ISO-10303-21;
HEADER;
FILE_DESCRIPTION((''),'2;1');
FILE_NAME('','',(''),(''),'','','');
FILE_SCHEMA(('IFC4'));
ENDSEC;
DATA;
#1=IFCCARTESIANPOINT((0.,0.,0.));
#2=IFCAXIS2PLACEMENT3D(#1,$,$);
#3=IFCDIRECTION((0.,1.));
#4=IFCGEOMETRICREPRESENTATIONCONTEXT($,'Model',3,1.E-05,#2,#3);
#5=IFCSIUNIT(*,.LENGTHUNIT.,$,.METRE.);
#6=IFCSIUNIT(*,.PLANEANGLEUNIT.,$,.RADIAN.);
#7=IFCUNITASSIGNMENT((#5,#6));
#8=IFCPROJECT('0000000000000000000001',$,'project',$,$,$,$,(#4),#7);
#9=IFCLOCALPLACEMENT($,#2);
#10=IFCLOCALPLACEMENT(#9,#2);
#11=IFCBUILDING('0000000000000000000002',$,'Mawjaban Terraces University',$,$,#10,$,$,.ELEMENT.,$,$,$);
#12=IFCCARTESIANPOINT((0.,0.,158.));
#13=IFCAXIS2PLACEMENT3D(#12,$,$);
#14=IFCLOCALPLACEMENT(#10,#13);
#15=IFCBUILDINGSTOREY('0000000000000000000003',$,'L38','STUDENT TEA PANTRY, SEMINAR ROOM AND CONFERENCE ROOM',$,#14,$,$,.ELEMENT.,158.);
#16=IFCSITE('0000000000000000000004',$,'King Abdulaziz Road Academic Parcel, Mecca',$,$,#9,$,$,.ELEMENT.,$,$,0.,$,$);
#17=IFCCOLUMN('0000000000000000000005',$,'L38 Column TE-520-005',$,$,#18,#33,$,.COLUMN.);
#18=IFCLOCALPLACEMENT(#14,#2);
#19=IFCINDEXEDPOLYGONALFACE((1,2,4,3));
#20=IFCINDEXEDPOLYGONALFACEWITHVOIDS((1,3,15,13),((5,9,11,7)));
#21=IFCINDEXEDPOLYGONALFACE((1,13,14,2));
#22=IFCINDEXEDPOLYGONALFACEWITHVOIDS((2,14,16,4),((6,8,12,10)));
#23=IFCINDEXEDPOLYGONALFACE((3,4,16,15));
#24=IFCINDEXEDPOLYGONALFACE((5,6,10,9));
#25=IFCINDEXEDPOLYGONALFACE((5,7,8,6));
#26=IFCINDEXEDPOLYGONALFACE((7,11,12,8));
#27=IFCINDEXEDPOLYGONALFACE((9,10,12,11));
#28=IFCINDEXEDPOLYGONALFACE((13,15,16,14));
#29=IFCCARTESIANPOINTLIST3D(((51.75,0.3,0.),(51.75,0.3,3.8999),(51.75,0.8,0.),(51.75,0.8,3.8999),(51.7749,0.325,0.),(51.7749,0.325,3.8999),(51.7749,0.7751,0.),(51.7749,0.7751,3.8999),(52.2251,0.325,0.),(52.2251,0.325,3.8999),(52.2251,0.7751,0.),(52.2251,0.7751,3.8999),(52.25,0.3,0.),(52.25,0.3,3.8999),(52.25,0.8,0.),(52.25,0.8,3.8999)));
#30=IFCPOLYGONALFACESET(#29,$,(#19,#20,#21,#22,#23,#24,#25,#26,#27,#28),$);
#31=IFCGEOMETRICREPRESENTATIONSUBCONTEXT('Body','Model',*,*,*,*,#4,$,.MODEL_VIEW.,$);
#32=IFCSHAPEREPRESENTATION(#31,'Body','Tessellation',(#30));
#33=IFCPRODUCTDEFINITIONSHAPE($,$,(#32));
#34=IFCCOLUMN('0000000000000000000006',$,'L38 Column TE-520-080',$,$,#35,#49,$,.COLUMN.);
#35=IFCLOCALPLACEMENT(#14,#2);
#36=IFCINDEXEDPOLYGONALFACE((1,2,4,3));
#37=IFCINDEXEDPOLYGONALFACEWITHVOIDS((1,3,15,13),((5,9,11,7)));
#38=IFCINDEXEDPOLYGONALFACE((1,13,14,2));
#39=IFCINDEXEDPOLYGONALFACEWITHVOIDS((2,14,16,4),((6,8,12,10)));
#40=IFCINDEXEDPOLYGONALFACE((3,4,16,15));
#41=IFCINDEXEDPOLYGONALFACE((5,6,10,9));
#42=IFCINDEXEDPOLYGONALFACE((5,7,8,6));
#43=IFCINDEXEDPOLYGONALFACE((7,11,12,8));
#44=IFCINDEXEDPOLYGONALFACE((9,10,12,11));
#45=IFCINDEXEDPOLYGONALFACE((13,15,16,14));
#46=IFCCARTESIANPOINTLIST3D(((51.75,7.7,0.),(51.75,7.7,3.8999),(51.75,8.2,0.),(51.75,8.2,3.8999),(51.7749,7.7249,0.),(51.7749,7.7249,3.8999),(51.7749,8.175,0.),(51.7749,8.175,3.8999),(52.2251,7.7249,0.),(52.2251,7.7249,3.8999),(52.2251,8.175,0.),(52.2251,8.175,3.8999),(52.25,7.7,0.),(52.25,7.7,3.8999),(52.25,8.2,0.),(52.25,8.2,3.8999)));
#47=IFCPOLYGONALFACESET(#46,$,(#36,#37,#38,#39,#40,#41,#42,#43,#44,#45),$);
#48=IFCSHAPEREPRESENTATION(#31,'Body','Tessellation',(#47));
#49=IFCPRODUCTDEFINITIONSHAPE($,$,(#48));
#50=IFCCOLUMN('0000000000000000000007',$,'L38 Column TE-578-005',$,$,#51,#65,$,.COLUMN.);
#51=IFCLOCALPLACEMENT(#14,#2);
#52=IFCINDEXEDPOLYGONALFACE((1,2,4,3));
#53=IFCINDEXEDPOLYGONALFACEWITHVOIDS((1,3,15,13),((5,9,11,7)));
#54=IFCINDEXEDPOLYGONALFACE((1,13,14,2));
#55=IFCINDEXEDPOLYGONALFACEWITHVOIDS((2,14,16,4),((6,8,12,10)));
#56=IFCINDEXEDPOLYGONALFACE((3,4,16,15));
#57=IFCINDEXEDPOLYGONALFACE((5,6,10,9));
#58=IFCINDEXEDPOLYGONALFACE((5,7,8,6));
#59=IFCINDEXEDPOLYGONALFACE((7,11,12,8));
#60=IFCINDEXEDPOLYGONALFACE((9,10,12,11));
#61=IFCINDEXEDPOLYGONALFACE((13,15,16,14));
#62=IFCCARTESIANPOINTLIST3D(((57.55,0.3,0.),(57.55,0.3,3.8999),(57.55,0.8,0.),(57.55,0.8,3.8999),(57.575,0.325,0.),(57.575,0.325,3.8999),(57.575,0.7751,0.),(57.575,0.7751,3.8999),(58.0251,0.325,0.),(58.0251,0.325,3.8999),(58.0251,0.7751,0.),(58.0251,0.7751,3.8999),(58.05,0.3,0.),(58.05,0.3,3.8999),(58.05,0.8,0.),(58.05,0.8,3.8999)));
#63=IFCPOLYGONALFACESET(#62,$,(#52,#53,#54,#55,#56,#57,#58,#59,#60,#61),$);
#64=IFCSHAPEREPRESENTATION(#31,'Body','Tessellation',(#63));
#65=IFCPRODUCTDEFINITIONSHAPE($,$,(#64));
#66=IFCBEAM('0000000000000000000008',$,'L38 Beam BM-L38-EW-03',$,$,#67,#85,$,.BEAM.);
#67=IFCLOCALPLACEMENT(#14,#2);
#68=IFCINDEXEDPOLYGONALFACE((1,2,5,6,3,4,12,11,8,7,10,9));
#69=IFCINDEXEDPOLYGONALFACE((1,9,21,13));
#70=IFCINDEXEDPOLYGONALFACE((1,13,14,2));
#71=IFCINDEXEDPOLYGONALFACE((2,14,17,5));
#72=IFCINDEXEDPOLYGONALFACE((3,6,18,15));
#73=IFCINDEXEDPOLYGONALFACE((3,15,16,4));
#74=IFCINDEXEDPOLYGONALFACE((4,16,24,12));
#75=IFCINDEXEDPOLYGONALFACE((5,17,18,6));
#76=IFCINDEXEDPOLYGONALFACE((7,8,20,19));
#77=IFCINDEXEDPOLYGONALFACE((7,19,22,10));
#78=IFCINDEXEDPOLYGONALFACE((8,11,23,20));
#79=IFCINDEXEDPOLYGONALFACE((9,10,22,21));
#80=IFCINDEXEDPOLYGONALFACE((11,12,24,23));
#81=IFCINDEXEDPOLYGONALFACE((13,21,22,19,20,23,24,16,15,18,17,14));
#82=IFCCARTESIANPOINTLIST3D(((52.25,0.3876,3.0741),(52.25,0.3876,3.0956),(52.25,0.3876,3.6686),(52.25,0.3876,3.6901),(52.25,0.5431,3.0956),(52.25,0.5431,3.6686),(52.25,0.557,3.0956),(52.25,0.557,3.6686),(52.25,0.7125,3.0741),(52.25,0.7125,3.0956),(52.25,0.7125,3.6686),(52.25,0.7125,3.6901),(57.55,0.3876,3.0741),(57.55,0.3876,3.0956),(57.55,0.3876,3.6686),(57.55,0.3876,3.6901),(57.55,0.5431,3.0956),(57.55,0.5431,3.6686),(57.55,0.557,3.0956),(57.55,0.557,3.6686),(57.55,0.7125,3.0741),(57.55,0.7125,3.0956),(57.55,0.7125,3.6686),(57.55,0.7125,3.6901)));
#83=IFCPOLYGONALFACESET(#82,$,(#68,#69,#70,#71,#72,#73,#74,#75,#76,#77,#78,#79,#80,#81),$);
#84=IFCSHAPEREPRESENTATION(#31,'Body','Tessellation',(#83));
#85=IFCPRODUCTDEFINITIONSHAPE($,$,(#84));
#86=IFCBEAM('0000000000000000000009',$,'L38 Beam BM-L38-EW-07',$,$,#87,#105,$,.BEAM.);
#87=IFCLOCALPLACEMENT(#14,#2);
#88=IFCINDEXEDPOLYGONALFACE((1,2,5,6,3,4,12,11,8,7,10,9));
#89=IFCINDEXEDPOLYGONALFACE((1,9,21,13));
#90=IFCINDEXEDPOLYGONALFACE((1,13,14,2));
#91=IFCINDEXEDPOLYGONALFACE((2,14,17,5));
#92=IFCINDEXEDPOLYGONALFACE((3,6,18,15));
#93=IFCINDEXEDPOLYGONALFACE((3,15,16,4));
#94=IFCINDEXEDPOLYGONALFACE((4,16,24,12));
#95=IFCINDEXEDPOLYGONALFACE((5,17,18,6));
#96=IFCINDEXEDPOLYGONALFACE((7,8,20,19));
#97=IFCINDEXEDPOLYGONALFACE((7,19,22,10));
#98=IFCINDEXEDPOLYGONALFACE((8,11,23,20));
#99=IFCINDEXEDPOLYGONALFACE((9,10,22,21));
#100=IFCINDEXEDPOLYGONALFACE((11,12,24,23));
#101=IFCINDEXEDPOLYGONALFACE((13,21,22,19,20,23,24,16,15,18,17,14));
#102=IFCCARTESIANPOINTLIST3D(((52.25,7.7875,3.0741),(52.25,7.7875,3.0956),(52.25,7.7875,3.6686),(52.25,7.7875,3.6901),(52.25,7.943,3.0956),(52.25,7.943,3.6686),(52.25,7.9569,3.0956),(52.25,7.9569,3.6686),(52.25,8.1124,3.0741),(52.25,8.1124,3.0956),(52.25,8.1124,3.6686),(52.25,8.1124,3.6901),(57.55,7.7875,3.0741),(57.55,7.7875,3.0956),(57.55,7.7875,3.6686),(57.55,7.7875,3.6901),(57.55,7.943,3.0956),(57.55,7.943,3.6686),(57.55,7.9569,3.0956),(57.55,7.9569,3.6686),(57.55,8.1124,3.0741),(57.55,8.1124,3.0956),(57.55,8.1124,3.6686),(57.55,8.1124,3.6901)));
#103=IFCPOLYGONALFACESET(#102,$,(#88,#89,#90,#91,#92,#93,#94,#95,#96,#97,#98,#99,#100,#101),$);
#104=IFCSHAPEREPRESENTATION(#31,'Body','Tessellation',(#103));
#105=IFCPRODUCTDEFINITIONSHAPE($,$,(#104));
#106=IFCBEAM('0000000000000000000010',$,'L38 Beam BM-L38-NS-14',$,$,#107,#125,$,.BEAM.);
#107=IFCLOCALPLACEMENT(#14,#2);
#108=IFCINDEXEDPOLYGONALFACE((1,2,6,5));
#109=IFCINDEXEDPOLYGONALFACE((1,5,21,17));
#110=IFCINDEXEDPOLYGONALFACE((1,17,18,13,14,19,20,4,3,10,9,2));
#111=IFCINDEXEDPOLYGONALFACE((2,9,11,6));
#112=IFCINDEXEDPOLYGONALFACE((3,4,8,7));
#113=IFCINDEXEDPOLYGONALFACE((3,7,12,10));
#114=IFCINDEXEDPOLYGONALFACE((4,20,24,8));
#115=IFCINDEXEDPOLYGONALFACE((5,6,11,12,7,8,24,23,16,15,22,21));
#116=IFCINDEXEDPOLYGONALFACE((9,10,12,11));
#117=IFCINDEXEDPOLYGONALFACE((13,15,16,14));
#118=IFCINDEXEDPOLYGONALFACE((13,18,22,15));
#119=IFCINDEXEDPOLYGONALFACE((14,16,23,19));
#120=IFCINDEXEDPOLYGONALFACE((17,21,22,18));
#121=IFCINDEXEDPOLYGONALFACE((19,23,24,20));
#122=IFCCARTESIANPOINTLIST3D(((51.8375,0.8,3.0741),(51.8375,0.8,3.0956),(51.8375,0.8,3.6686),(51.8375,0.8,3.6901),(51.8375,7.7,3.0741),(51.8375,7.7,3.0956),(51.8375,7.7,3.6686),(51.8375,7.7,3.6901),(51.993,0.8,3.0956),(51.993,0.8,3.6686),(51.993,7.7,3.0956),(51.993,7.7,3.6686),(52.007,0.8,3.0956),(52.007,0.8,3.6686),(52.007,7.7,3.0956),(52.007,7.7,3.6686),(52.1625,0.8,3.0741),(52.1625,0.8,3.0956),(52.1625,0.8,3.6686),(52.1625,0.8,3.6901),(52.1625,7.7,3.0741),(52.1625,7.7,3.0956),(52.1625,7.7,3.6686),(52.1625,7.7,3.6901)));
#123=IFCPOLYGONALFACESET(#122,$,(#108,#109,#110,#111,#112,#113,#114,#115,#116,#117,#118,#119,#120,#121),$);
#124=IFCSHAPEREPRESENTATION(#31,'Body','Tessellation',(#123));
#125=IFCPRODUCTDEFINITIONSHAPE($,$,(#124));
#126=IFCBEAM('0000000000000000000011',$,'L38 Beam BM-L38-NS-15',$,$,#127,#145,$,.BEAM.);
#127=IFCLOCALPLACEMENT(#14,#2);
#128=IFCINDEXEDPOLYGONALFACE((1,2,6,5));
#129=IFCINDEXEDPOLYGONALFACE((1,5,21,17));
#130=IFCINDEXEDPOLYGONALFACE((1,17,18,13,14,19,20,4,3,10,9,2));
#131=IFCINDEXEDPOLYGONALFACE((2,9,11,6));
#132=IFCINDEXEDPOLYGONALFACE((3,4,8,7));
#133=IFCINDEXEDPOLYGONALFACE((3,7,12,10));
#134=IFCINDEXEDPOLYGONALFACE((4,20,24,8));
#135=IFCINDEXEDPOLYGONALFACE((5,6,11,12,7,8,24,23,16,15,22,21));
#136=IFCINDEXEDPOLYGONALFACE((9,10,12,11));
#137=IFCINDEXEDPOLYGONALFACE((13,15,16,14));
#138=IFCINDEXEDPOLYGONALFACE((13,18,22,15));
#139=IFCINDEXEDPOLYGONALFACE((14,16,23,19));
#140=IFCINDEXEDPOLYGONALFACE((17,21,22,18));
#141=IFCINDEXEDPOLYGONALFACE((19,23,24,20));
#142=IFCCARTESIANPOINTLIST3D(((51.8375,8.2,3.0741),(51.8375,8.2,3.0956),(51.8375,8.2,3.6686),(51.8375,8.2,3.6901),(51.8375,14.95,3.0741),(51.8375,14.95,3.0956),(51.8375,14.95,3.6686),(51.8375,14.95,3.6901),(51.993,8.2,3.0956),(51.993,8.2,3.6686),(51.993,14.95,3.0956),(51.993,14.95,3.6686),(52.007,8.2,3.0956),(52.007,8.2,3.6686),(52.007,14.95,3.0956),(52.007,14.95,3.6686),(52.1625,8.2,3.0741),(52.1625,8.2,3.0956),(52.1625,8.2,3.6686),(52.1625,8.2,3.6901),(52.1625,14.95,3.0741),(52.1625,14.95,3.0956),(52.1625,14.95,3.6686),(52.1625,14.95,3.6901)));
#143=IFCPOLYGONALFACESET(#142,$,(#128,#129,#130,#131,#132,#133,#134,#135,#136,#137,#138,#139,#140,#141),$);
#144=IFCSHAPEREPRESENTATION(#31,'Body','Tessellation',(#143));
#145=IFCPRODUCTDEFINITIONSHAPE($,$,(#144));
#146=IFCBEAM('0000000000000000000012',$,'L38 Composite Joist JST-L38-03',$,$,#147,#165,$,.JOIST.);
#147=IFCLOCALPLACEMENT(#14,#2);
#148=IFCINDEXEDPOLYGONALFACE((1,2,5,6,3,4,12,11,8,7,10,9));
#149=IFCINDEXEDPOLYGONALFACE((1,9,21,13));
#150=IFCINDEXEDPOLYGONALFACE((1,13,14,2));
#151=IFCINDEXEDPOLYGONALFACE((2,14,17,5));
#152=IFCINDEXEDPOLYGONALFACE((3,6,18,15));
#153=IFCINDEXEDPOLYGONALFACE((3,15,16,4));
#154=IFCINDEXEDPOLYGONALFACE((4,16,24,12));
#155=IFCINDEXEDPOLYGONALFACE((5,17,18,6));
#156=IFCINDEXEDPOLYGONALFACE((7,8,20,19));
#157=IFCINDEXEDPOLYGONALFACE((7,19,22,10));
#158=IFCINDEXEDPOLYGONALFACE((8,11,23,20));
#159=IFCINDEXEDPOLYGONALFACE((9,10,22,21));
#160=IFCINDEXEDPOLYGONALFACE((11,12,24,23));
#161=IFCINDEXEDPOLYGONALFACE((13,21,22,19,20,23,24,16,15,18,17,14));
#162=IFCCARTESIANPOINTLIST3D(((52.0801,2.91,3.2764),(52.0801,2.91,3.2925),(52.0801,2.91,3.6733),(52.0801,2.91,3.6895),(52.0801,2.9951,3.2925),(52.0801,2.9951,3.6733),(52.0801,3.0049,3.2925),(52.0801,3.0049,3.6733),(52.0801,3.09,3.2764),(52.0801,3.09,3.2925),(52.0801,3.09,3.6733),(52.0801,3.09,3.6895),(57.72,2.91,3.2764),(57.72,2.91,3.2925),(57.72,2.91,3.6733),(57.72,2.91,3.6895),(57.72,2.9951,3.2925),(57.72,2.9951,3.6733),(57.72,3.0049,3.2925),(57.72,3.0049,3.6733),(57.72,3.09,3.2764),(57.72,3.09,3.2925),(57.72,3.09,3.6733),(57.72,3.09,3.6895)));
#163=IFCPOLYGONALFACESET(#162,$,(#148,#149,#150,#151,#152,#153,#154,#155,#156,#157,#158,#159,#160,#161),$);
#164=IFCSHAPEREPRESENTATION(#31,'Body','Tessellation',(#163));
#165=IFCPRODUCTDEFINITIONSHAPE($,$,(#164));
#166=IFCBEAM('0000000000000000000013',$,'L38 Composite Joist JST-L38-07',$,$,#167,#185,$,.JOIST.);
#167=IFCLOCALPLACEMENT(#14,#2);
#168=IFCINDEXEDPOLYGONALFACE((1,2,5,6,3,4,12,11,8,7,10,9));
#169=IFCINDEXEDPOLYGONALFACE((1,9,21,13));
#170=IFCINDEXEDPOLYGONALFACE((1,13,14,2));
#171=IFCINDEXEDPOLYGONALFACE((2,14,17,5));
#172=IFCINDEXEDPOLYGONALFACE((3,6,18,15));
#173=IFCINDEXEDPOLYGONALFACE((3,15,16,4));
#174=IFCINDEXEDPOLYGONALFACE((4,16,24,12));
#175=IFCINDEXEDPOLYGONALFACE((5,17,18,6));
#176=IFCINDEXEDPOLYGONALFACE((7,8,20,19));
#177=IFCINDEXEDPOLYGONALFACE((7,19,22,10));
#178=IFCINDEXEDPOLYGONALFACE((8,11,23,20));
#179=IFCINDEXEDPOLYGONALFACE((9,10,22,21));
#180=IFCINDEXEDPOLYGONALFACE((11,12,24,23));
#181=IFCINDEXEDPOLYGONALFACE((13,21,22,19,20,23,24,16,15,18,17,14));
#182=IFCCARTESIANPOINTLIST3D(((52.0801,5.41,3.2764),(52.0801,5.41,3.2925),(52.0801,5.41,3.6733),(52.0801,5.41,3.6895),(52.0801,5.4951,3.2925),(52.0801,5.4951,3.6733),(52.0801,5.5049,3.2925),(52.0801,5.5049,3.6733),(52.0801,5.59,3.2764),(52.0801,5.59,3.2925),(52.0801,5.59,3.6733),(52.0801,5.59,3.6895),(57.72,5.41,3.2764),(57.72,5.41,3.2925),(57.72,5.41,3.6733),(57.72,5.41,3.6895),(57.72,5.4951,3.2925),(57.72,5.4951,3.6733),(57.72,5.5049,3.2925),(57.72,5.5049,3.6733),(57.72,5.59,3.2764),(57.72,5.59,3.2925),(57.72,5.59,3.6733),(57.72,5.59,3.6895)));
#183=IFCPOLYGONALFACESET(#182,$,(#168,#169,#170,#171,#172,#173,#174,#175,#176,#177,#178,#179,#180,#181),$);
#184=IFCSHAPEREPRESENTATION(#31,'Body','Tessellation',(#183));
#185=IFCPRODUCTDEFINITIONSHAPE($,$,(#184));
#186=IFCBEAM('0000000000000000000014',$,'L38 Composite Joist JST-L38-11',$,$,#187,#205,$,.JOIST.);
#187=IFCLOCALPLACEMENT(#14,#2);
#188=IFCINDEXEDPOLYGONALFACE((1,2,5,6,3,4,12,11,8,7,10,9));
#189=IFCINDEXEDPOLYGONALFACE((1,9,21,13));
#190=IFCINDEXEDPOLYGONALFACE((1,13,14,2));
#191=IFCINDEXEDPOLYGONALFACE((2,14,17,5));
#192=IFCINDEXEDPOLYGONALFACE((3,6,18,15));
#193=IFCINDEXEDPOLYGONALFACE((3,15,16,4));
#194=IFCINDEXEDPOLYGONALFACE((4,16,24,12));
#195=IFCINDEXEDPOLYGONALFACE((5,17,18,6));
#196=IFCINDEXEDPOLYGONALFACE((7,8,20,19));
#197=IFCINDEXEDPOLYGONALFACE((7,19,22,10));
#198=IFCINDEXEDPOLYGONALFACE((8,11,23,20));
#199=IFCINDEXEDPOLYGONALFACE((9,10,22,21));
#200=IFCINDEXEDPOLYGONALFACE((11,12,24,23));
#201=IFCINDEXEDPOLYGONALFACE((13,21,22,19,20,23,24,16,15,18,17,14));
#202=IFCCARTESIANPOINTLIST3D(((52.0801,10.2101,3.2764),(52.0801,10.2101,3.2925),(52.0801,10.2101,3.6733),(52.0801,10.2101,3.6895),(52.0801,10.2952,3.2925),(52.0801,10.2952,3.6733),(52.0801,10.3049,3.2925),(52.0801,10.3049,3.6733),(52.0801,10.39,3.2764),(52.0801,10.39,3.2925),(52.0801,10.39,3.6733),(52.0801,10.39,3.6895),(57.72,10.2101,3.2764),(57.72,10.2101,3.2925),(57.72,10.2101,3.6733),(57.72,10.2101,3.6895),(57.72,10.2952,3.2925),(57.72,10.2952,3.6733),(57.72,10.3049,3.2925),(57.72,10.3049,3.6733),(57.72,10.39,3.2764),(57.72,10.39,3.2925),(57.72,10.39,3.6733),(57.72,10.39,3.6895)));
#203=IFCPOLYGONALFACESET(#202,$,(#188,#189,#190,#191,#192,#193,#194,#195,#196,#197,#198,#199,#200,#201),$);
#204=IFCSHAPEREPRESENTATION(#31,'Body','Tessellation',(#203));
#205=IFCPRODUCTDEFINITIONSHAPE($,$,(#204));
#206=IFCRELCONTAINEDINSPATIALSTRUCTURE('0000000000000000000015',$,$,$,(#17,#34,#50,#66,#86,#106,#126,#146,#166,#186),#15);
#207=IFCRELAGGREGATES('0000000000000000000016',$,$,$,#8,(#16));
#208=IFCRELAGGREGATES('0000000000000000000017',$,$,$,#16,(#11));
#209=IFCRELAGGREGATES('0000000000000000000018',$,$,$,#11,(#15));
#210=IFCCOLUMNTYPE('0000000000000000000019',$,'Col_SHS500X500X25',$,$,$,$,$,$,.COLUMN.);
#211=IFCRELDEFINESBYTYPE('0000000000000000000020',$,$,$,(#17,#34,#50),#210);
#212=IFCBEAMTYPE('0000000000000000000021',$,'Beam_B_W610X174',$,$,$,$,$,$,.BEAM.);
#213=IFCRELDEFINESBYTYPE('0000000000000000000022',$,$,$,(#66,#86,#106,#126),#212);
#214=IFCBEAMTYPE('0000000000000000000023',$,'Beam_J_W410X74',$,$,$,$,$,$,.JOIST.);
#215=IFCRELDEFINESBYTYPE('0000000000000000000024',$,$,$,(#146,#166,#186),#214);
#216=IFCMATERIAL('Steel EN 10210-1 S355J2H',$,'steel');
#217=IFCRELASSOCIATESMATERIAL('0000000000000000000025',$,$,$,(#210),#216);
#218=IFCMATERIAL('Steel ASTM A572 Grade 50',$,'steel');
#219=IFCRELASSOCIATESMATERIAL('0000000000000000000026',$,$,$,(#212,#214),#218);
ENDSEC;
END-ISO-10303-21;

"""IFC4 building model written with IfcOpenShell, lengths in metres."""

from ifc_helpers import new_model, si_unit, direction, frame, origin, origin_2d, place, context, subcontext, project, spatial, hollow_rectangle, i_section, extrude, material, material_profile, profile_set, type_object, element, save


model = new_model("IFC4")

# Units and contexts
model_context = context("Model", 3, precision=1e-05, world=origin(), true_north=direction((0.0, 1.0)))
body_context = subcontext(model_context, "Body", "Model", "MODEL_VIEW")
ifc_project = project(units=[si_unit("LENGTHUNIT", "METRE"), si_unit("PLANEANGLEUNIT", "RADIAN")], contexts=[model_context])

# Site, building, storey
site_placement = place(None, origin())
site = spatial("IfcSite", under=ifc_project, at=site_placement, Name="King Abdulaziz Road Academic Parcel, Mecca", CompositionType="ELEMENT", RefElevation=0.0)
building_placement = place(site_placement, origin())
building = spatial("IfcBuilding", under=site, at=building_placement, Name="Mawjaban Terraces University", CompositionType="ELEMENT")
storey_placement = place(building_placement, frame((0.0, 0.0, 158.0)))
storey = spatial("IfcBuildingStorey", under=building, at=storey_placement, Name="L38", Description="STUDENT TEA PANTRY, SEMINAR ROOM AND CONFERENCE ROOM", CompositionType="ELEMENT", Elevation=158.0)

# Columns
ifc_material_1 = material(Name="Steel EN 10210-1 S355J2H", Category="steel")
ifc_material_profile_1 = material_profile(ifc_material_1, hollow_rectangle(XDim=0.5, YDim=0.5, WallThickness=0.0249, at=origin_2d()), Name="SHS500X500X25")
ifc_profile_set_1 = profile_set([ifc_material_profile_1], Name="Steel EN 10210-1 S355J2H")
column_type = type_object("IfcColumnType", Name="Col_SHS500X500X25", PredefinedType="COLUMN", material=ifc_profile_set_1)
for number, where, z_axis, x_axis, name in (
    (1, (52.0, 0.55, 0.0), (0.0, 0.0, 1.0), (1.0, 0.0, 0.0), "L38 Column TE-520-005"),
    (2, (52.0, 7.95, 0.0), (0.0, 0.0, 1.0), (1.0, 0.0, 0.0), "L38 Column TE-520-080"),
    (3, (57.8, 0.55, 0.0), (0.0, 0.0, 1.0), (1.0, 0.0, 0.0), "L38 Column TE-578-005"),
):
    element("IfcColumn", number, at=place(storey_placement, frame(where, z_axis=z_axis, x_axis=x_axis)), inside=storey, type_object=column_type, Name=name, PredefinedType="COLUMN", context=body_context, shape_type="SweptSolid", body=[
        extrude(hollow_rectangle(XDim=0.5, YDim=0.5, WallThickness=0.0249, at=origin_2d()), origin(), (0.0, 0.0, 1.0), 3.8999),
    ])

# Beams
ifc_material_2 = material(Name="Steel ASTM A572 Grade 50", Category="steel")
ifc_material_profile_2 = material_profile(ifc_material_2, i_section(OverallWidth=0.325, OverallDepth=0.616, WebThickness=0.0139, FlangeThickness=0.0215, at=origin_2d()), Name="W610X174")
ifc_profile_set_2 = profile_set([ifc_material_profile_2], Name="Steel ASTM A572 Grade 50")
beam_type_1 = type_object("IfcBeamType", Name="Beam_B_W610X174", PredefinedType="BEAM", material=ifc_profile_set_2)
for number, where, z_axis, x_axis, name in (
    (4, (52.25, 0.55, 3.3821), (1.0, 0.0, 0.0), (0.0, 1.0, 0.0), "L38 Beam BM-L38-EW-03"),
    (5, (52.25, 7.95, 3.3821), (1.0, 0.0, 0.0), (0.0, 1.0, 0.0), "L38 Beam BM-L38-EW-07"),
):
    element("IfcBeam", number, at=place(storey_placement, frame(where, z_axis=z_axis, x_axis=x_axis)), inside=storey, type_object=beam_type_1, Name=name, PredefinedType="BEAM", context=body_context, shape_type="SweptSolid", body=[
        extrude(i_section(OverallWidth=0.325, OverallDepth=0.616, WebThickness=0.0139, FlangeThickness=0.0215, at=origin_2d()), origin(), (0.0, 0.0, 1.0), 5.3),
    ])
beam_1_placement = place(storey_placement, frame((52.0, 0.8, 3.3821), z_axis=(0.0, 1.0, 0.0), x_axis=(-1.0, 0.0, 0.0)))
element("IfcBeam", 6, at=beam_1_placement, inside=storey, type_object=beam_type_1, Name="L38 Beam BM-L38-NS-14", PredefinedType="BEAM", context=body_context, shape_type="SweptSolid", body=[
    extrude(i_section(OverallWidth=0.325, OverallDepth=0.616, WebThickness=0.0139, FlangeThickness=0.0215, at=origin_2d()), origin(), (0.0, 0.0, 1.0), 6.8999),
])
beam_2_placement = place(storey_placement, frame((52.0, 8.2, 3.3821), z_axis=(0.0, 1.0, 0.0), x_axis=(-1.0, 0.0, 0.0)))
element("IfcBeam", 7, at=beam_2_placement, inside=storey, type_object=beam_type_1, Name="L38 Beam BM-L38-NS-15", PredefinedType="BEAM", context=body_context, shape_type="SweptSolid", body=[
    extrude(i_section(OverallWidth=0.325, OverallDepth=0.616, WebThickness=0.0139, FlangeThickness=0.0215, at=origin_2d()), origin(), (0.0, 0.0, 1.0), 6.75),
])
ifc_material_profile_3 = material_profile(ifc_material_2, i_section(OverallWidth=0.1799, OverallDepth=0.4131, WebThickness=0.0098, FlangeThickness=0.0161, at=origin_2d()), Name="W410X74")
ifc_profile_set_3 = profile_set([ifc_material_profile_3], Name="Steel ASTM A572 Grade 50")
beam_type_2 = type_object("IfcBeamType", Name="Beam_J_W410X74", PredefinedType="JOIST", material=ifc_profile_set_3)
for number, where, z_axis, x_axis, name in (
    (8, (52.0801, 3.0, 3.4829), (1.0, 0.0, 0.0), (0.0, 1.0, 0.0), "L38 Composite Joist JST-L38-03"),
    (9, (52.0801, 5.5, 3.4829), (1.0, 0.0, 0.0), (0.0, 1.0, 0.0), "L38 Composite Joist JST-L38-07"),
    (10, (52.0801, 10.3, 3.4829), (1.0, 0.0, 0.0), (0.0, 1.0, 0.0), "L38 Composite Joist JST-L38-11"),
):
    element("IfcBeam", number, at=place(storey_placement, frame(where, z_axis=z_axis, x_axis=x_axis)), inside=storey, type_object=beam_type_2, Name=name, PredefinedType="JOIST", context=body_context, shape_type="SweptSolid", body=[
        extrude(i_section(OverallWidth=0.1799, OverallDepth=0.4131, WebThickness=0.0098, FlangeThickness=0.0161, at=origin_2d()), origin(), (0.0, 0.0, 1.0), 5.6399),
    ])

save(model, "model.ifc")
